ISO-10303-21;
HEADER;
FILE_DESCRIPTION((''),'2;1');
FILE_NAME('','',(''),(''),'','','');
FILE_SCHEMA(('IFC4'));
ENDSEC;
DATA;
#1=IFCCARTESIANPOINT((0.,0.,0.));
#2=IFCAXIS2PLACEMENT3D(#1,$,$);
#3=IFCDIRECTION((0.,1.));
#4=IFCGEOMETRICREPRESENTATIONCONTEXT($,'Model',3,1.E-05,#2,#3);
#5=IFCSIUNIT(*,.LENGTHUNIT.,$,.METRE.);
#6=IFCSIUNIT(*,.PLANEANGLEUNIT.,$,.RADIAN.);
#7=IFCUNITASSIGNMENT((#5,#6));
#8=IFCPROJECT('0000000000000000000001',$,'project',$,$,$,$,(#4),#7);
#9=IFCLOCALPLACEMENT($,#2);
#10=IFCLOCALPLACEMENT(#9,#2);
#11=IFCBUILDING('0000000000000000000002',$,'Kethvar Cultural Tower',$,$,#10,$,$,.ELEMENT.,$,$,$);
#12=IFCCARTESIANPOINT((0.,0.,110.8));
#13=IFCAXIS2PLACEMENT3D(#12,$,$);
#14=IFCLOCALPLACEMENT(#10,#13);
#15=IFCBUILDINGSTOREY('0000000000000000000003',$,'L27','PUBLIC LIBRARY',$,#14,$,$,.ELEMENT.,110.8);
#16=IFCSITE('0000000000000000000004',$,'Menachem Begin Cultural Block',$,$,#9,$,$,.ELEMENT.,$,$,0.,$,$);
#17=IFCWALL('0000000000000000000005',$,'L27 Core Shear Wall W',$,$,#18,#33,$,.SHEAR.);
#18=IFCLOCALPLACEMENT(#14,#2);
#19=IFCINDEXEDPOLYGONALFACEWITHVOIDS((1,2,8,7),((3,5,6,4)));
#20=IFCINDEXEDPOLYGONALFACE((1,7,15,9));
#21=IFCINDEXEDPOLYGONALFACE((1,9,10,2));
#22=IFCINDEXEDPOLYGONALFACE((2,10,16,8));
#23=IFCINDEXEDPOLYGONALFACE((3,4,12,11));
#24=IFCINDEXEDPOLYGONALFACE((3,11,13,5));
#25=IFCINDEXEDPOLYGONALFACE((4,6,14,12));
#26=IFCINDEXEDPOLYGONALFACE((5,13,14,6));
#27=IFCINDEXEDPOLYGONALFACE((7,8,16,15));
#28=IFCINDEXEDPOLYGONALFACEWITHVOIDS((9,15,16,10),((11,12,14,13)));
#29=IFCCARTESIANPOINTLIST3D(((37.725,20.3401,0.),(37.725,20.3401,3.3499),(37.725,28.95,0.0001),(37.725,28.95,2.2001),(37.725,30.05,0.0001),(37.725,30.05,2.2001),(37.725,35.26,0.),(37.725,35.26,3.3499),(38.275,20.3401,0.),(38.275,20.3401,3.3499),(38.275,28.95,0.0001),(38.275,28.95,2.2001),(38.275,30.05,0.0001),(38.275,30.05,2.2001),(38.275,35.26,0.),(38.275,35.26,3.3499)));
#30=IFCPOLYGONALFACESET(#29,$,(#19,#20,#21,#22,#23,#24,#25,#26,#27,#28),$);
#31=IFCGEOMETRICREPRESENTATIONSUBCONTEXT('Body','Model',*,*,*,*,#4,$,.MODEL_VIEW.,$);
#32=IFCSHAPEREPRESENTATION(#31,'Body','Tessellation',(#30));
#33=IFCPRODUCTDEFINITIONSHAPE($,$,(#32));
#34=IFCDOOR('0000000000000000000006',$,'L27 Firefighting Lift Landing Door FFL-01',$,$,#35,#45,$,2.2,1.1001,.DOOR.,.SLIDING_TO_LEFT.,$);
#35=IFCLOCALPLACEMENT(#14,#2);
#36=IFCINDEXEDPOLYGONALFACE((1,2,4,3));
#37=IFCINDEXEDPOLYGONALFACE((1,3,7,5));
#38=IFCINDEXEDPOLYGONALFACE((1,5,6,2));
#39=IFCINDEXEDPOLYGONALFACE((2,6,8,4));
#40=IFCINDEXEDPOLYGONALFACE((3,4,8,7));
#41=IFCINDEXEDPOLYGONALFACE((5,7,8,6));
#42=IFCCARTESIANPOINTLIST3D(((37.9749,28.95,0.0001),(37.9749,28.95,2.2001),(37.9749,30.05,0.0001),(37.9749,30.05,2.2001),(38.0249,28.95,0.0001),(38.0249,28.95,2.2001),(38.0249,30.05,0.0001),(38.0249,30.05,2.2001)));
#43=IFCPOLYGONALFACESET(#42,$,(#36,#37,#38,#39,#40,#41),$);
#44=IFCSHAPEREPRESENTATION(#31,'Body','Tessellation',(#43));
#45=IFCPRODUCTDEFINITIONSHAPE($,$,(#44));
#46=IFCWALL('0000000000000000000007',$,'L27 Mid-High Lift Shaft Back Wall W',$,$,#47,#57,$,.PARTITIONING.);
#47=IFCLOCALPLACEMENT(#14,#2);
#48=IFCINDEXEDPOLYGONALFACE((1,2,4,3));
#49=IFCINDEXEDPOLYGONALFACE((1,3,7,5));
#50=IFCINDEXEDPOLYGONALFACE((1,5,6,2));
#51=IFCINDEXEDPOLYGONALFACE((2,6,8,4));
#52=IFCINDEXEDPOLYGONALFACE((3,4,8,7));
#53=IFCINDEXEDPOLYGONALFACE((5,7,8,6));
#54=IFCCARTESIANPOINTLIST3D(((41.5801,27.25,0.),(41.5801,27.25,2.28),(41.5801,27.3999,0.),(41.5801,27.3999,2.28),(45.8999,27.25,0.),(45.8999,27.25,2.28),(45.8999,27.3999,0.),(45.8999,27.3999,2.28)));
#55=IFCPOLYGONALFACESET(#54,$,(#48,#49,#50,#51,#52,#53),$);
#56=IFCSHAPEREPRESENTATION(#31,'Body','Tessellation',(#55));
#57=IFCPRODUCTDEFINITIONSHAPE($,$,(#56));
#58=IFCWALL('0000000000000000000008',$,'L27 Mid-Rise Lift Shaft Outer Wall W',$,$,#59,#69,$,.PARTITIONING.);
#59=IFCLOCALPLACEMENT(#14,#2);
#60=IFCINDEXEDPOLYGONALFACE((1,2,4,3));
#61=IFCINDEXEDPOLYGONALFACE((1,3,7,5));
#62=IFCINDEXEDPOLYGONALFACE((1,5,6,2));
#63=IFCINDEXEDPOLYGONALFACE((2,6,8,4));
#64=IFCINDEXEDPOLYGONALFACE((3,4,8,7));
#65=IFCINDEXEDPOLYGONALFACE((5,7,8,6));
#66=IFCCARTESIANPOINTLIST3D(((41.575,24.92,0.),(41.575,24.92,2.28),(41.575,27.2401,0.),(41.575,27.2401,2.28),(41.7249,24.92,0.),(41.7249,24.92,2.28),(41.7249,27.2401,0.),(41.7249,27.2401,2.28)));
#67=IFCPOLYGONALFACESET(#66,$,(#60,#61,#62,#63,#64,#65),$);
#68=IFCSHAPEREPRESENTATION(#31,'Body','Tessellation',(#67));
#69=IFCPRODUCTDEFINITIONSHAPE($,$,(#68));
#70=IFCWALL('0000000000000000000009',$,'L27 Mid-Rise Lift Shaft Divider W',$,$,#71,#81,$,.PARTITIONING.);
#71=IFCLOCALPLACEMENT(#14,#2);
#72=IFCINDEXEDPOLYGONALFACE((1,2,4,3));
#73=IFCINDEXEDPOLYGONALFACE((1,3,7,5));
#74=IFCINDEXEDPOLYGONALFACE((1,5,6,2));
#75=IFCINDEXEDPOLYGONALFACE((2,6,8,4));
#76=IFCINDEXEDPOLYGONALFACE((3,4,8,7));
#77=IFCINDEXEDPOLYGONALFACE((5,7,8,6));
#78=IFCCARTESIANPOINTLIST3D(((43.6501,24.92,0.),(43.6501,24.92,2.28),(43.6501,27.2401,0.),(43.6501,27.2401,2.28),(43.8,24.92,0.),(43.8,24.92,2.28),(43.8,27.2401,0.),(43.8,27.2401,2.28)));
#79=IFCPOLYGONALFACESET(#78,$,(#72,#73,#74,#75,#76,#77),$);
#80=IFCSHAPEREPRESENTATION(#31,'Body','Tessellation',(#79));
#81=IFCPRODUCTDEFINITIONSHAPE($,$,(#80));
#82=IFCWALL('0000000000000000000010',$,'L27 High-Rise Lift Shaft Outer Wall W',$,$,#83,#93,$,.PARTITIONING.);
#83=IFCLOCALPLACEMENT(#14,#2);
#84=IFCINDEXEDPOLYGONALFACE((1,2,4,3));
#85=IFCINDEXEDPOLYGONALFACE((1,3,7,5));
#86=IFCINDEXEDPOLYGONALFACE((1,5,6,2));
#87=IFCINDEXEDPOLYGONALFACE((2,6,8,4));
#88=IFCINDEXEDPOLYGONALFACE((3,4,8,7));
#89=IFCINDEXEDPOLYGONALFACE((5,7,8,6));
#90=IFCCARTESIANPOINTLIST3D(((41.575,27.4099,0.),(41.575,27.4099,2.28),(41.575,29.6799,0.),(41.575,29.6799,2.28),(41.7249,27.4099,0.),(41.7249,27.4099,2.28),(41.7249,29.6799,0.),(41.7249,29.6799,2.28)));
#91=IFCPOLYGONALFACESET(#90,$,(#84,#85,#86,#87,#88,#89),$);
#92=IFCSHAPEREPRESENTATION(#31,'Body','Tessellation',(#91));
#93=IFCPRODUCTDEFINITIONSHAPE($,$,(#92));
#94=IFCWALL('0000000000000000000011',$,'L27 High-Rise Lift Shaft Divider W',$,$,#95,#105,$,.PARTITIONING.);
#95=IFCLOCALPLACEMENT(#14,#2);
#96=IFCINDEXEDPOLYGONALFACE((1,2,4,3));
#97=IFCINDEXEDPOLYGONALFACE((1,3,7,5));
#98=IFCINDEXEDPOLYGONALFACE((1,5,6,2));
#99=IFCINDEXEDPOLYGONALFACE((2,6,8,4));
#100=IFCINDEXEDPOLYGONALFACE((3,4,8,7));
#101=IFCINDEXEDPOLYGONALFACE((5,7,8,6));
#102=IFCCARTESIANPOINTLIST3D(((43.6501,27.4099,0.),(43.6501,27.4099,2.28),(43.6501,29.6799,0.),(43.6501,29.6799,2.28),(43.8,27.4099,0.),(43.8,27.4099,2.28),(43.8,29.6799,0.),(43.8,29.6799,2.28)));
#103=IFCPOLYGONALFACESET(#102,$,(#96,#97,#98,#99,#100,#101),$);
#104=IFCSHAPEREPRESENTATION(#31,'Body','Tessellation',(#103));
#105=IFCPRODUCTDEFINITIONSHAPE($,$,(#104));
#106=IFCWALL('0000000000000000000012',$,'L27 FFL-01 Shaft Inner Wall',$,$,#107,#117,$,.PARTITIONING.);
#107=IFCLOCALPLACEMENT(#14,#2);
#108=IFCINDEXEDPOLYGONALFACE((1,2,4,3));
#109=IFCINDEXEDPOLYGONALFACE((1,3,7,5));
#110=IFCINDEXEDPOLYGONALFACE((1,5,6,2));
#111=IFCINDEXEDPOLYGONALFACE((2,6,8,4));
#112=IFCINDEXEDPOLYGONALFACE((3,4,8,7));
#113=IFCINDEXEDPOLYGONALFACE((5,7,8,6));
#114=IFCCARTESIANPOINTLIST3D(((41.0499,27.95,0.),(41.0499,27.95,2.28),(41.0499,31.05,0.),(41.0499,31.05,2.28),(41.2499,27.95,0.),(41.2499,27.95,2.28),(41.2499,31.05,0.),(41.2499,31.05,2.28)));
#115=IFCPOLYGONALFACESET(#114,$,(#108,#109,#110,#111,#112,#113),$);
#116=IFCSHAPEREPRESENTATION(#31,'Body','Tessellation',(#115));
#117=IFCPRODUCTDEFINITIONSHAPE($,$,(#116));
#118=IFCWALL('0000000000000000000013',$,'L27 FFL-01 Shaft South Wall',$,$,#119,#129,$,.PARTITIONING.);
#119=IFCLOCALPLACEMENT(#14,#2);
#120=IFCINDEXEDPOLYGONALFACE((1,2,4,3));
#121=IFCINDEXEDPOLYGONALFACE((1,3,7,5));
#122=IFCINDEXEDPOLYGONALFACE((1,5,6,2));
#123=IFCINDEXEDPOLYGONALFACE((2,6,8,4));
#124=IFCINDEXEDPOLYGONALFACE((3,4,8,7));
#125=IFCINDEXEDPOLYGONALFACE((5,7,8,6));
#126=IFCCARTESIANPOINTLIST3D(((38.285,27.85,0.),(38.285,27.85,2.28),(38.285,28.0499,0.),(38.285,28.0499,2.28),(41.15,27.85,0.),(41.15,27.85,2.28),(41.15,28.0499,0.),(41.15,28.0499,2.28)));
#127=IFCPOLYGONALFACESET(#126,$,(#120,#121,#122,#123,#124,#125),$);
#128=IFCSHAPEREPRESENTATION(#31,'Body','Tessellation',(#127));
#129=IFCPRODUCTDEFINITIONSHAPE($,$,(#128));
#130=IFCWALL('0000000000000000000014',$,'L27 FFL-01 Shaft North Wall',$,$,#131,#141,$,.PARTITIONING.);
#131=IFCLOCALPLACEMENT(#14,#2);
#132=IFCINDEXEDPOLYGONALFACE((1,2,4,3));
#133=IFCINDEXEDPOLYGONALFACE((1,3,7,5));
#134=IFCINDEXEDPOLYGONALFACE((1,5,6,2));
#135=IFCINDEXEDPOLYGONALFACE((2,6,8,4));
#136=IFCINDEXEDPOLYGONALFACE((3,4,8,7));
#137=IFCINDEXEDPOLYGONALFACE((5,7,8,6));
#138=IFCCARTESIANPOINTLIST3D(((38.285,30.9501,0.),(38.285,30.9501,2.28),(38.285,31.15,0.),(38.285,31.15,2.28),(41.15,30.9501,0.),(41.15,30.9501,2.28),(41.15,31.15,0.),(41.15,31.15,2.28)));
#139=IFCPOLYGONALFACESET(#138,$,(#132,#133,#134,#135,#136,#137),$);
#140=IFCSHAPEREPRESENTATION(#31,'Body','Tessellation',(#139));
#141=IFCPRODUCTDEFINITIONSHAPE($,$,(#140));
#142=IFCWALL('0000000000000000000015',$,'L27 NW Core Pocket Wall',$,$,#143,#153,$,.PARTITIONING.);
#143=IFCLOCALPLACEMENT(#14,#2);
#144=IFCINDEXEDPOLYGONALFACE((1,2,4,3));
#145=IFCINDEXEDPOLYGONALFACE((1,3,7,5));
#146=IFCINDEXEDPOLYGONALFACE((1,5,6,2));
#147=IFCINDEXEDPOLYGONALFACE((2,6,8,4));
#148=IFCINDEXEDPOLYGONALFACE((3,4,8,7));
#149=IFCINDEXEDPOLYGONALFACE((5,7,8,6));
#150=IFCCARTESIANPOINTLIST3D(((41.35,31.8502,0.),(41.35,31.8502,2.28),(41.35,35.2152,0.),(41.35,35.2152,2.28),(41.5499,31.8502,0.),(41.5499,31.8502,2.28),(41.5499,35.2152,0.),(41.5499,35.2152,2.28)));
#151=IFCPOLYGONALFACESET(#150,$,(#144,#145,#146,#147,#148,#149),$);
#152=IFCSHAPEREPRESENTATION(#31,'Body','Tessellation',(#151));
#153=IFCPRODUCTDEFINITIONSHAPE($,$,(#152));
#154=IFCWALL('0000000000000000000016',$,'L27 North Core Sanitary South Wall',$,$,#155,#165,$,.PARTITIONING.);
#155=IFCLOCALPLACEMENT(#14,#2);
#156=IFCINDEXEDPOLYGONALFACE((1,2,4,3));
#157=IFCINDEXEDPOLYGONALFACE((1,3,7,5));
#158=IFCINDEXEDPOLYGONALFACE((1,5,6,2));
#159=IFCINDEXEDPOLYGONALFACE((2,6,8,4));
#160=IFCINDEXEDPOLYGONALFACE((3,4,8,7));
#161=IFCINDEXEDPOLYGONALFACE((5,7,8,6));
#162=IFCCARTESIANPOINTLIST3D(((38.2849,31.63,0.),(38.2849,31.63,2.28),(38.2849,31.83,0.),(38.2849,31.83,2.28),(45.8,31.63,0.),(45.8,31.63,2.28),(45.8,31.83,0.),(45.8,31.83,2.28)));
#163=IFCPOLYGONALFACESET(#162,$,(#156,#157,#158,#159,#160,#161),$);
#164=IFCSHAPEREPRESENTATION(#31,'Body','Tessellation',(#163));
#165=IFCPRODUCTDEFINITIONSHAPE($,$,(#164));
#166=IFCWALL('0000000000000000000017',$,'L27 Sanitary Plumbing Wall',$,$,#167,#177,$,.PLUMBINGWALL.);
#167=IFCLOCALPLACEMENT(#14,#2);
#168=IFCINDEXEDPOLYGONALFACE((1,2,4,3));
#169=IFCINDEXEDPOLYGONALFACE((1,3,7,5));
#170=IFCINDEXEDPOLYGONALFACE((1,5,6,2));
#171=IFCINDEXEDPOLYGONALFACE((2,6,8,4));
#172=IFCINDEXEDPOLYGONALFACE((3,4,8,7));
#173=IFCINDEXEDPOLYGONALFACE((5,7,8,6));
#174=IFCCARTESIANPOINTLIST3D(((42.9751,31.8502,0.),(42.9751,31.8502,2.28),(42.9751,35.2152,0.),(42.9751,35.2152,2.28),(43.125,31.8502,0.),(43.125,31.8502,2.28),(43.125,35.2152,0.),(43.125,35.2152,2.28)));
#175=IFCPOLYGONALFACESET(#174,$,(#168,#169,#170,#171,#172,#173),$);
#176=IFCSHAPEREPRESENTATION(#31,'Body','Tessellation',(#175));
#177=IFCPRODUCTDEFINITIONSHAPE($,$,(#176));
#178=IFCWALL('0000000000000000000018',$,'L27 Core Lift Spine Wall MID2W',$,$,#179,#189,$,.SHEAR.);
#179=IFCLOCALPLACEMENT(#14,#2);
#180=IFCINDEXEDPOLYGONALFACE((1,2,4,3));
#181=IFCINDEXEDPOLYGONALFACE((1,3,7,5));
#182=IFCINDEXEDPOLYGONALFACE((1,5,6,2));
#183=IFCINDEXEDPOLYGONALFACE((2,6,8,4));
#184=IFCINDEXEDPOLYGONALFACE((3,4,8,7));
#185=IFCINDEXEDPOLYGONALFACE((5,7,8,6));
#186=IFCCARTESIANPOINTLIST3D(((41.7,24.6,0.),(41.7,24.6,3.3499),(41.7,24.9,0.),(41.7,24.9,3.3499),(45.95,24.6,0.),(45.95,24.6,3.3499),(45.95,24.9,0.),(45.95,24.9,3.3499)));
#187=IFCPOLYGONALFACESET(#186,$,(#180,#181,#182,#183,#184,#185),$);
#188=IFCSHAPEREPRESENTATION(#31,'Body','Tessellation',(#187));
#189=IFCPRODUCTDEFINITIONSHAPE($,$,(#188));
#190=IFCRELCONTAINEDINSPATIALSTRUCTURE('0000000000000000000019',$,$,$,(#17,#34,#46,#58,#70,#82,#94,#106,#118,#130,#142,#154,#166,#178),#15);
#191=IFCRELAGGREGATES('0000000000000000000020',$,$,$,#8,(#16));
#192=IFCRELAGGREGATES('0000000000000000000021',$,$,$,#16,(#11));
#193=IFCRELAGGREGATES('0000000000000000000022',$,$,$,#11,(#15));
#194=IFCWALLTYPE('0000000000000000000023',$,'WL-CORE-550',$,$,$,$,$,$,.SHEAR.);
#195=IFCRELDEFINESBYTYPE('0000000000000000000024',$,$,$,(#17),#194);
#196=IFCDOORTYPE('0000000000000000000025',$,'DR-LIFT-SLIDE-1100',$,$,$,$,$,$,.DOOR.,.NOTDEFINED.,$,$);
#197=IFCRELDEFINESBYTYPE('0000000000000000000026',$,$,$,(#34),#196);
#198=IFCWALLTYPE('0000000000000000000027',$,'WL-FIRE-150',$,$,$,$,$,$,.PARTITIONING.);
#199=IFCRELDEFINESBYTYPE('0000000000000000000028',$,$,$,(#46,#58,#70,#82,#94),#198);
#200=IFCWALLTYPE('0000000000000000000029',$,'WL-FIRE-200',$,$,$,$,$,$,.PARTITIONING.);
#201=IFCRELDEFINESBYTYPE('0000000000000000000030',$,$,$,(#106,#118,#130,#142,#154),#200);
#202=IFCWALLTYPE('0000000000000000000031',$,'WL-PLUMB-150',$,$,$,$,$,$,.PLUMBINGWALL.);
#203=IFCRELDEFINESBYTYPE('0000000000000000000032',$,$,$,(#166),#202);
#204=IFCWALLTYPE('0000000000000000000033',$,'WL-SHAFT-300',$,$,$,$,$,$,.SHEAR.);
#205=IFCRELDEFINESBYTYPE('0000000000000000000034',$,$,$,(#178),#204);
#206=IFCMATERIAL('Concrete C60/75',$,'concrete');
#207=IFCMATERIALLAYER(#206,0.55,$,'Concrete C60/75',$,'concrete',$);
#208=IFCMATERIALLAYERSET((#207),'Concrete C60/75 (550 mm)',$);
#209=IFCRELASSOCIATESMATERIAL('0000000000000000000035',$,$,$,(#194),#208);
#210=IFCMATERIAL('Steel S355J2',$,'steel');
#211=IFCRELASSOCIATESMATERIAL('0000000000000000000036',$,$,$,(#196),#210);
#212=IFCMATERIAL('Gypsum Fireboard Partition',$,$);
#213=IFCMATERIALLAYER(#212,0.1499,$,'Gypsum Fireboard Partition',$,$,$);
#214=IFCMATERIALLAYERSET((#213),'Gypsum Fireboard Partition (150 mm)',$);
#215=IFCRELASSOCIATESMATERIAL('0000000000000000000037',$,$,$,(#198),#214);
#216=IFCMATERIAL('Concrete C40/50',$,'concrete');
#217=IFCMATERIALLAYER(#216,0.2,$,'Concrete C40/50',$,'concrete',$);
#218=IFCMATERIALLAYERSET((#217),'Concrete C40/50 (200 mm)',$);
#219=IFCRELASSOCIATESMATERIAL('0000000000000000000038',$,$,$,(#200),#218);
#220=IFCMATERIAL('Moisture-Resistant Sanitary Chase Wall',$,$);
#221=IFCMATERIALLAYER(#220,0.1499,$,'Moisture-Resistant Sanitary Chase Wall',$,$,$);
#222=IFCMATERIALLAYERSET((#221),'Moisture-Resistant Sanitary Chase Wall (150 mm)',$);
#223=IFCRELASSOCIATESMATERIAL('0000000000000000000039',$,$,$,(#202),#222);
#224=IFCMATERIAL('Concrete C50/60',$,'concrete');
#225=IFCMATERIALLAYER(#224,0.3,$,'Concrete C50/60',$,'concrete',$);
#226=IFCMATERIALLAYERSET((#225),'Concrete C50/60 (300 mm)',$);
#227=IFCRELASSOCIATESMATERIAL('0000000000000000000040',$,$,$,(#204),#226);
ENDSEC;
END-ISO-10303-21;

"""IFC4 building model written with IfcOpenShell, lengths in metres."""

from ifc_helpers import new_model, si_unit, direction, frame, frame_2d, origin, place, context, subcontext, project, spatial, rectangle, extrude, source, transform, mapped, material, layer, layer_set, type_object, element, fill, save


model = new_model("IFC4")

# Units and contexts
model_context = context("Model", 3, precision=1e-05, world=origin(), true_north=direction((0.0, 1.0)))
body_context = subcontext(model_context, "Body", "Model", "MODEL_VIEW")
ifc_project = project(units=[si_unit("LENGTHUNIT", "METRE"), si_unit("PLANEANGLEUNIT", "RADIAN")], contexts=[model_context])

# Site, building, storey
site_placement = place(None, origin())
site = spatial("IfcSite", under=ifc_project, at=site_placement, Name="Menachem Begin Cultural Block", CompositionType="ELEMENT", RefElevation=0.0)
building_placement = place(site_placement, origin())
building = spatial("IfcBuilding", under=site, at=building_placement, Name="Kethvar Cultural Tower", CompositionType="ELEMENT")
storey_placement = place(building_placement, frame((0.0, 0.0, 110.8)))
storey = spatial("IfcBuildingStorey", under=building, at=storey_placement, Name="L27", Description="PUBLIC LIBRARY", CompositionType="ELEMENT", Elevation=110.8)

# Shared definitions
ifc_material_1 = material(Name="Steel S355J2", Category="steel")

# Wall, opening, door
ifc_material_2 = material(Name="Concrete C60/75", Category="concrete")
ifc_layer_1 = layer(ifc_material_2, 0.55, Name="Concrete C60/75", Category="concrete")
ifc_layer_set_1 = layer_set([ifc_layer_1], Name="Concrete C60/75 (550 mm)")
wall_type_1 = type_object("IfcWallType", Name="WL-CORE-550", PredefinedType="SHEAR", material=ifc_layer_set_1)
wall_1_placement = place(storey_placement, frame((38.0, 35.26, 0.0), z_axis=(0.0, 0.0, 1.0), x_axis=(0.0, -1.0, 0.0)))
wall_1 = element("IfcWall", 1, at=wall_1_placement, inside=storey, type_object=wall_type_1, Name="L27 Core Shear Wall W", PredefinedType="SHEAR", context=body_context, shape_type="SweptSolid", body=[
    extrude(rectangle(XDim=14.9199, YDim=0.55, at=frame_2d((7.46, 0.0))), origin(), (0.0, 0.0, 1.0), 3.3499),
])
opening_placement = place(wall_1_placement, frame((5.21, 0.0, 0.0)))
opening = element("IfcOpeningElement", 2, at=opening_placement, cuts=wall_1, PredefinedType="OPENING", context=body_context, shape_type="SweptSolid", body=[
    extrude(rectangle(XDim=1.1001, YDim=2.2, at=frame_2d((0.55, 1.1001))), frame((0.0, 0.2849, 0.0), z_axis=(0.0, -1.0, 0.0), x_axis=(1.0, 0.0, 0.0)), (0.0, 0.0, 1.0), 0.5701),
])
door_type = type_object("IfcDoorType", Name="DR-LIFT-SLIDE-1100", OperationType="NOTDEFINED", PredefinedType="DOOR", material=ifc_material_1)
shared_shape_1 = source(origin(), body_context, "Body", "SweptSolid", [
    extrude(rectangle(XDim=1.1001, YDim=2.2, at=frame_2d((0.55, 1.1001))), frame((0.0, 0.0249, 0.0), z_axis=(0.0, -1.0, 0.0), x_axis=(1.0, 0.0, 0.0)), (0.0, 0.0, 1.0), 0.05),
])
door_placement = place(opening_placement, origin())
door = element("IfcDoor", 3, at=door_placement, inside=storey, type_object=door_type, Name="L27 Firefighting Lift Landing Door FFL-01", OperationType="SLIDING_TO_LEFT", OverallHeight=2.2, OverallWidth=1.1001, PredefinedType="DOOR", context=body_context, shape_type="MappedRepresentation", body=[
    mapped(shared_shape_1, transform((0.0, 0.0, 0.0), scale=1.0)),
])
fill(opening, door)

# Walls
ifc_material_3 = material(Name="Gypsum Fireboard Partition")
ifc_layer_2 = layer(ifc_material_3, 0.1499, Name="Gypsum Fireboard Partition")
ifc_layer_set_2 = layer_set([ifc_layer_2], Name="Gypsum Fireboard Partition (150 mm)")
wall_type_2 = type_object("IfcWallType", Name="WL-FIRE-150", PredefinedType="PARTITIONING", material=ifc_layer_set_2)
wall_2_placement = place(storey_placement, frame((41.5801, 27.325, 0.0), z_axis=(0.0, 0.0, 1.0), x_axis=(1.0, 0.0, 0.0)))
element("IfcWall", 4, at=wall_2_placement, inside=storey, type_object=wall_type_2, Name="L27 Mid-High Lift Shaft Back Wall W", PredefinedType="PARTITIONING", context=body_context, shape_type="SweptSolid", body=[
    extrude(rectangle(XDim=4.3198, YDim=0.1499, at=frame_2d((2.1599, 0.0))), origin(), (0.0, 0.0, 1.0), 2.28),
])
for number, where, z_axis, x_axis, name in (
    (5, (41.6499, 24.9199, 0.0), (0.0, 0.0, 1.0), (0.0, 1.0, 0.0), "L27 Mid-Rise Lift Shaft Outer Wall W"),
    (6, (43.7251, 24.9199, 0.0), (0.0, 0.0, 1.0), (0.0, 1.0, 0.0), "L27 Mid-Rise Lift Shaft Divider W"),
):
    element("IfcWall", number, at=place(storey_placement, frame(where, z_axis=z_axis, x_axis=x_axis)), inside=storey, type_object=wall_type_2, Name=name, PredefinedType="PARTITIONING", context=body_context, shape_type="SweptSolid", body=[
        extrude(rectangle(XDim=2.3201, YDim=0.1499, at=frame_2d((1.1602, 0.0))), origin(), (0.0, 0.0, 1.0), 2.28),
    ])
for number, where, z_axis, x_axis, name in (
    (7, (41.6499, 27.4099, 0.0), (0.0, 0.0, 1.0), (0.0, 1.0, 0.0), "L27 High-Rise Lift Shaft Outer Wall W"),
    (8, (43.7251, 27.4099, 0.0), (0.0, 0.0, 1.0), (0.0, 1.0, 0.0), "L27 High-Rise Lift Shaft Divider W"),
):
    element("IfcWall", number, at=place(storey_placement, frame(where, z_axis=z_axis, x_axis=x_axis)), inside=storey, type_object=wall_type_2, Name=name, PredefinedType="PARTITIONING", context=body_context, shape_type="SweptSolid", body=[
        extrude(rectangle(XDim=2.27, YDim=0.1499, at=frame_2d((1.135, 0.0))), origin(), (0.0, 0.0, 1.0), 2.28),
    ])
ifc_material_4 = material(Name="Concrete C40/50", Category="concrete")
ifc_layer_3 = layer(ifc_material_4, 0.2, Name="Concrete C40/50", Category="concrete")
ifc_layer_set_3 = layer_set([ifc_layer_3], Name="Concrete C40/50 (200 mm)")
wall_type_3 = type_object("IfcWallType", Name="WL-FIRE-200", PredefinedType="PARTITIONING", material=ifc_layer_set_3)
wall_3_placement = place(storey_placement, frame((41.1499, 27.95, 0.0), z_axis=(0.0, 0.0, 1.0), x_axis=(0.0, 1.0, 0.0)))
element("IfcWall", 9, at=wall_3_placement, inside=storey, type_object=wall_type_3, Name="L27 FFL-01 Shaft Inner Wall", PredefinedType="PARTITIONING", context=body_context, shape_type="SweptSolid", body=[
    extrude(rectangle(XDim=3.1001, YDim=0.2, at=frame_2d((1.55, 0.0))), origin(), (0.0, 0.0, 1.0), 2.28),
])
for number, where, z_axis, x_axis, name in (
    (10, (38.2849, 27.95, 0.0), (0.0, 0.0, 1.0), (1.0, 0.0, 0.0), "L27 FFL-01 Shaft South Wall"),
    (11, (38.2849, 31.05, 0.0), (0.0, 0.0, 1.0), (1.0, 0.0, 0.0), "L27 FFL-01 Shaft North Wall"),
):
    element("IfcWall", number, at=place(storey_placement, frame(where, z_axis=z_axis, x_axis=x_axis)), inside=storey, type_object=wall_type_3, Name=name, PredefinedType="PARTITIONING", context=body_context, shape_type="SweptSolid", body=[
        extrude(rectangle(XDim=2.865, YDim=0.2, at=frame_2d((1.4326, 0.0))), origin(), (0.0, 0.0, 1.0), 2.28),
    ])
wall_4_placement = place(storey_placement, frame((41.45, 31.8501, 0.0), z_axis=(0.0, 0.0, 1.0), x_axis=(0.0, 1.0, 0.0)))
element("IfcWall", 12, at=wall_4_placement, inside=storey, type_object=wall_type_3, Name="L27 NW Core Pocket Wall", PredefinedType="PARTITIONING", context=body_context, shape_type="SweptSolid", body=[
    extrude(rectangle(XDim=3.365, YDim=0.2, at=frame_2d((1.6826, 0.0))), origin(), (0.0, 0.0, 1.0), 2.28),
])
wall_5_placement = place(storey_placement, frame((38.2849, 31.73, 0.0), z_axis=(0.0, 0.0, 1.0), x_axis=(1.0, 0.0, 0.0)))
element("IfcWall", 13, at=wall_5_placement, inside=storey, type_object=wall_type_3, Name="L27 North Core Sanitary South Wall", PredefinedType="PARTITIONING", context=body_context, shape_type="SweptSolid", body=[
    extrude(rectangle(XDim=7.5151, YDim=0.2, at=frame_2d((3.7576, 0.0))), origin(), (0.0, 0.0, 1.0), 2.28),
])
ifc_material_5 = material(Name="Moisture-Resistant Sanitary Chase Wall")
ifc_layer_4 = layer(ifc_material_5, 0.1499, Name="Moisture-Resistant Sanitary Chase Wall")
ifc_layer_set_4 = layer_set([ifc_layer_4], Name="Moisture-Resistant Sanitary Chase Wall (150 mm)")
wall_type_4 = type_object("IfcWallType", Name="WL-PLUMB-150", PredefinedType="PLUMBINGWALL", material=ifc_layer_set_4)
wall_6_placement = place(storey_placement, frame((43.05, 31.8501, 0.0), z_axis=(0.0, 0.0, 1.0), x_axis=(0.0, 1.0, 0.0)))
element("IfcWall", 14, at=wall_6_placement, inside=storey, type_object=wall_type_4, Name="L27 Sanitary Plumbing Wall", PredefinedType="PLUMBINGWALL", context=body_context, shape_type="SweptSolid", body=[
    extrude(rectangle(XDim=3.365, YDim=0.1499, at=frame_2d((1.6826, 0.0))), origin(), (0.0, 0.0, 1.0), 2.28),
])
ifc_material_6 = material(Name="Concrete C50/60", Category="concrete")
ifc_layer_5 = layer(ifc_material_6, 0.3, Name="Concrete C50/60", Category="concrete")
ifc_layer_set_5 = layer_set([ifc_layer_5], Name="Concrete C50/60 (300 mm)")
wall_type_5 = type_object("IfcWallType", Name="WL-SHAFT-300", PredefinedType="SHEAR", material=ifc_layer_set_5)
for number, where, z_axis, x_axis, name in (
    (15, (41.7, 24.75, 0.0), (0.0, 0.0, 1.0), (1.0, 0.0, 0.0), "L27 Core Lift Spine Wall MID2W"),
):
    element("IfcWall", number, at=place(storey_placement, frame(where, z_axis=z_axis, x_axis=x_axis)), inside=storey, type_object=wall_type_5, Name=name, PredefinedType="SHEAR", context=body_context, shape_type="SweptSolid", body=[
        extrude(rectangle(XDim=4.25, YDim=0.3, at=frame_2d((2.125, 0.0))), origin(), (0.0, 0.0, 1.0), 3.3499),
    ])

save(model, "model.ifc")
